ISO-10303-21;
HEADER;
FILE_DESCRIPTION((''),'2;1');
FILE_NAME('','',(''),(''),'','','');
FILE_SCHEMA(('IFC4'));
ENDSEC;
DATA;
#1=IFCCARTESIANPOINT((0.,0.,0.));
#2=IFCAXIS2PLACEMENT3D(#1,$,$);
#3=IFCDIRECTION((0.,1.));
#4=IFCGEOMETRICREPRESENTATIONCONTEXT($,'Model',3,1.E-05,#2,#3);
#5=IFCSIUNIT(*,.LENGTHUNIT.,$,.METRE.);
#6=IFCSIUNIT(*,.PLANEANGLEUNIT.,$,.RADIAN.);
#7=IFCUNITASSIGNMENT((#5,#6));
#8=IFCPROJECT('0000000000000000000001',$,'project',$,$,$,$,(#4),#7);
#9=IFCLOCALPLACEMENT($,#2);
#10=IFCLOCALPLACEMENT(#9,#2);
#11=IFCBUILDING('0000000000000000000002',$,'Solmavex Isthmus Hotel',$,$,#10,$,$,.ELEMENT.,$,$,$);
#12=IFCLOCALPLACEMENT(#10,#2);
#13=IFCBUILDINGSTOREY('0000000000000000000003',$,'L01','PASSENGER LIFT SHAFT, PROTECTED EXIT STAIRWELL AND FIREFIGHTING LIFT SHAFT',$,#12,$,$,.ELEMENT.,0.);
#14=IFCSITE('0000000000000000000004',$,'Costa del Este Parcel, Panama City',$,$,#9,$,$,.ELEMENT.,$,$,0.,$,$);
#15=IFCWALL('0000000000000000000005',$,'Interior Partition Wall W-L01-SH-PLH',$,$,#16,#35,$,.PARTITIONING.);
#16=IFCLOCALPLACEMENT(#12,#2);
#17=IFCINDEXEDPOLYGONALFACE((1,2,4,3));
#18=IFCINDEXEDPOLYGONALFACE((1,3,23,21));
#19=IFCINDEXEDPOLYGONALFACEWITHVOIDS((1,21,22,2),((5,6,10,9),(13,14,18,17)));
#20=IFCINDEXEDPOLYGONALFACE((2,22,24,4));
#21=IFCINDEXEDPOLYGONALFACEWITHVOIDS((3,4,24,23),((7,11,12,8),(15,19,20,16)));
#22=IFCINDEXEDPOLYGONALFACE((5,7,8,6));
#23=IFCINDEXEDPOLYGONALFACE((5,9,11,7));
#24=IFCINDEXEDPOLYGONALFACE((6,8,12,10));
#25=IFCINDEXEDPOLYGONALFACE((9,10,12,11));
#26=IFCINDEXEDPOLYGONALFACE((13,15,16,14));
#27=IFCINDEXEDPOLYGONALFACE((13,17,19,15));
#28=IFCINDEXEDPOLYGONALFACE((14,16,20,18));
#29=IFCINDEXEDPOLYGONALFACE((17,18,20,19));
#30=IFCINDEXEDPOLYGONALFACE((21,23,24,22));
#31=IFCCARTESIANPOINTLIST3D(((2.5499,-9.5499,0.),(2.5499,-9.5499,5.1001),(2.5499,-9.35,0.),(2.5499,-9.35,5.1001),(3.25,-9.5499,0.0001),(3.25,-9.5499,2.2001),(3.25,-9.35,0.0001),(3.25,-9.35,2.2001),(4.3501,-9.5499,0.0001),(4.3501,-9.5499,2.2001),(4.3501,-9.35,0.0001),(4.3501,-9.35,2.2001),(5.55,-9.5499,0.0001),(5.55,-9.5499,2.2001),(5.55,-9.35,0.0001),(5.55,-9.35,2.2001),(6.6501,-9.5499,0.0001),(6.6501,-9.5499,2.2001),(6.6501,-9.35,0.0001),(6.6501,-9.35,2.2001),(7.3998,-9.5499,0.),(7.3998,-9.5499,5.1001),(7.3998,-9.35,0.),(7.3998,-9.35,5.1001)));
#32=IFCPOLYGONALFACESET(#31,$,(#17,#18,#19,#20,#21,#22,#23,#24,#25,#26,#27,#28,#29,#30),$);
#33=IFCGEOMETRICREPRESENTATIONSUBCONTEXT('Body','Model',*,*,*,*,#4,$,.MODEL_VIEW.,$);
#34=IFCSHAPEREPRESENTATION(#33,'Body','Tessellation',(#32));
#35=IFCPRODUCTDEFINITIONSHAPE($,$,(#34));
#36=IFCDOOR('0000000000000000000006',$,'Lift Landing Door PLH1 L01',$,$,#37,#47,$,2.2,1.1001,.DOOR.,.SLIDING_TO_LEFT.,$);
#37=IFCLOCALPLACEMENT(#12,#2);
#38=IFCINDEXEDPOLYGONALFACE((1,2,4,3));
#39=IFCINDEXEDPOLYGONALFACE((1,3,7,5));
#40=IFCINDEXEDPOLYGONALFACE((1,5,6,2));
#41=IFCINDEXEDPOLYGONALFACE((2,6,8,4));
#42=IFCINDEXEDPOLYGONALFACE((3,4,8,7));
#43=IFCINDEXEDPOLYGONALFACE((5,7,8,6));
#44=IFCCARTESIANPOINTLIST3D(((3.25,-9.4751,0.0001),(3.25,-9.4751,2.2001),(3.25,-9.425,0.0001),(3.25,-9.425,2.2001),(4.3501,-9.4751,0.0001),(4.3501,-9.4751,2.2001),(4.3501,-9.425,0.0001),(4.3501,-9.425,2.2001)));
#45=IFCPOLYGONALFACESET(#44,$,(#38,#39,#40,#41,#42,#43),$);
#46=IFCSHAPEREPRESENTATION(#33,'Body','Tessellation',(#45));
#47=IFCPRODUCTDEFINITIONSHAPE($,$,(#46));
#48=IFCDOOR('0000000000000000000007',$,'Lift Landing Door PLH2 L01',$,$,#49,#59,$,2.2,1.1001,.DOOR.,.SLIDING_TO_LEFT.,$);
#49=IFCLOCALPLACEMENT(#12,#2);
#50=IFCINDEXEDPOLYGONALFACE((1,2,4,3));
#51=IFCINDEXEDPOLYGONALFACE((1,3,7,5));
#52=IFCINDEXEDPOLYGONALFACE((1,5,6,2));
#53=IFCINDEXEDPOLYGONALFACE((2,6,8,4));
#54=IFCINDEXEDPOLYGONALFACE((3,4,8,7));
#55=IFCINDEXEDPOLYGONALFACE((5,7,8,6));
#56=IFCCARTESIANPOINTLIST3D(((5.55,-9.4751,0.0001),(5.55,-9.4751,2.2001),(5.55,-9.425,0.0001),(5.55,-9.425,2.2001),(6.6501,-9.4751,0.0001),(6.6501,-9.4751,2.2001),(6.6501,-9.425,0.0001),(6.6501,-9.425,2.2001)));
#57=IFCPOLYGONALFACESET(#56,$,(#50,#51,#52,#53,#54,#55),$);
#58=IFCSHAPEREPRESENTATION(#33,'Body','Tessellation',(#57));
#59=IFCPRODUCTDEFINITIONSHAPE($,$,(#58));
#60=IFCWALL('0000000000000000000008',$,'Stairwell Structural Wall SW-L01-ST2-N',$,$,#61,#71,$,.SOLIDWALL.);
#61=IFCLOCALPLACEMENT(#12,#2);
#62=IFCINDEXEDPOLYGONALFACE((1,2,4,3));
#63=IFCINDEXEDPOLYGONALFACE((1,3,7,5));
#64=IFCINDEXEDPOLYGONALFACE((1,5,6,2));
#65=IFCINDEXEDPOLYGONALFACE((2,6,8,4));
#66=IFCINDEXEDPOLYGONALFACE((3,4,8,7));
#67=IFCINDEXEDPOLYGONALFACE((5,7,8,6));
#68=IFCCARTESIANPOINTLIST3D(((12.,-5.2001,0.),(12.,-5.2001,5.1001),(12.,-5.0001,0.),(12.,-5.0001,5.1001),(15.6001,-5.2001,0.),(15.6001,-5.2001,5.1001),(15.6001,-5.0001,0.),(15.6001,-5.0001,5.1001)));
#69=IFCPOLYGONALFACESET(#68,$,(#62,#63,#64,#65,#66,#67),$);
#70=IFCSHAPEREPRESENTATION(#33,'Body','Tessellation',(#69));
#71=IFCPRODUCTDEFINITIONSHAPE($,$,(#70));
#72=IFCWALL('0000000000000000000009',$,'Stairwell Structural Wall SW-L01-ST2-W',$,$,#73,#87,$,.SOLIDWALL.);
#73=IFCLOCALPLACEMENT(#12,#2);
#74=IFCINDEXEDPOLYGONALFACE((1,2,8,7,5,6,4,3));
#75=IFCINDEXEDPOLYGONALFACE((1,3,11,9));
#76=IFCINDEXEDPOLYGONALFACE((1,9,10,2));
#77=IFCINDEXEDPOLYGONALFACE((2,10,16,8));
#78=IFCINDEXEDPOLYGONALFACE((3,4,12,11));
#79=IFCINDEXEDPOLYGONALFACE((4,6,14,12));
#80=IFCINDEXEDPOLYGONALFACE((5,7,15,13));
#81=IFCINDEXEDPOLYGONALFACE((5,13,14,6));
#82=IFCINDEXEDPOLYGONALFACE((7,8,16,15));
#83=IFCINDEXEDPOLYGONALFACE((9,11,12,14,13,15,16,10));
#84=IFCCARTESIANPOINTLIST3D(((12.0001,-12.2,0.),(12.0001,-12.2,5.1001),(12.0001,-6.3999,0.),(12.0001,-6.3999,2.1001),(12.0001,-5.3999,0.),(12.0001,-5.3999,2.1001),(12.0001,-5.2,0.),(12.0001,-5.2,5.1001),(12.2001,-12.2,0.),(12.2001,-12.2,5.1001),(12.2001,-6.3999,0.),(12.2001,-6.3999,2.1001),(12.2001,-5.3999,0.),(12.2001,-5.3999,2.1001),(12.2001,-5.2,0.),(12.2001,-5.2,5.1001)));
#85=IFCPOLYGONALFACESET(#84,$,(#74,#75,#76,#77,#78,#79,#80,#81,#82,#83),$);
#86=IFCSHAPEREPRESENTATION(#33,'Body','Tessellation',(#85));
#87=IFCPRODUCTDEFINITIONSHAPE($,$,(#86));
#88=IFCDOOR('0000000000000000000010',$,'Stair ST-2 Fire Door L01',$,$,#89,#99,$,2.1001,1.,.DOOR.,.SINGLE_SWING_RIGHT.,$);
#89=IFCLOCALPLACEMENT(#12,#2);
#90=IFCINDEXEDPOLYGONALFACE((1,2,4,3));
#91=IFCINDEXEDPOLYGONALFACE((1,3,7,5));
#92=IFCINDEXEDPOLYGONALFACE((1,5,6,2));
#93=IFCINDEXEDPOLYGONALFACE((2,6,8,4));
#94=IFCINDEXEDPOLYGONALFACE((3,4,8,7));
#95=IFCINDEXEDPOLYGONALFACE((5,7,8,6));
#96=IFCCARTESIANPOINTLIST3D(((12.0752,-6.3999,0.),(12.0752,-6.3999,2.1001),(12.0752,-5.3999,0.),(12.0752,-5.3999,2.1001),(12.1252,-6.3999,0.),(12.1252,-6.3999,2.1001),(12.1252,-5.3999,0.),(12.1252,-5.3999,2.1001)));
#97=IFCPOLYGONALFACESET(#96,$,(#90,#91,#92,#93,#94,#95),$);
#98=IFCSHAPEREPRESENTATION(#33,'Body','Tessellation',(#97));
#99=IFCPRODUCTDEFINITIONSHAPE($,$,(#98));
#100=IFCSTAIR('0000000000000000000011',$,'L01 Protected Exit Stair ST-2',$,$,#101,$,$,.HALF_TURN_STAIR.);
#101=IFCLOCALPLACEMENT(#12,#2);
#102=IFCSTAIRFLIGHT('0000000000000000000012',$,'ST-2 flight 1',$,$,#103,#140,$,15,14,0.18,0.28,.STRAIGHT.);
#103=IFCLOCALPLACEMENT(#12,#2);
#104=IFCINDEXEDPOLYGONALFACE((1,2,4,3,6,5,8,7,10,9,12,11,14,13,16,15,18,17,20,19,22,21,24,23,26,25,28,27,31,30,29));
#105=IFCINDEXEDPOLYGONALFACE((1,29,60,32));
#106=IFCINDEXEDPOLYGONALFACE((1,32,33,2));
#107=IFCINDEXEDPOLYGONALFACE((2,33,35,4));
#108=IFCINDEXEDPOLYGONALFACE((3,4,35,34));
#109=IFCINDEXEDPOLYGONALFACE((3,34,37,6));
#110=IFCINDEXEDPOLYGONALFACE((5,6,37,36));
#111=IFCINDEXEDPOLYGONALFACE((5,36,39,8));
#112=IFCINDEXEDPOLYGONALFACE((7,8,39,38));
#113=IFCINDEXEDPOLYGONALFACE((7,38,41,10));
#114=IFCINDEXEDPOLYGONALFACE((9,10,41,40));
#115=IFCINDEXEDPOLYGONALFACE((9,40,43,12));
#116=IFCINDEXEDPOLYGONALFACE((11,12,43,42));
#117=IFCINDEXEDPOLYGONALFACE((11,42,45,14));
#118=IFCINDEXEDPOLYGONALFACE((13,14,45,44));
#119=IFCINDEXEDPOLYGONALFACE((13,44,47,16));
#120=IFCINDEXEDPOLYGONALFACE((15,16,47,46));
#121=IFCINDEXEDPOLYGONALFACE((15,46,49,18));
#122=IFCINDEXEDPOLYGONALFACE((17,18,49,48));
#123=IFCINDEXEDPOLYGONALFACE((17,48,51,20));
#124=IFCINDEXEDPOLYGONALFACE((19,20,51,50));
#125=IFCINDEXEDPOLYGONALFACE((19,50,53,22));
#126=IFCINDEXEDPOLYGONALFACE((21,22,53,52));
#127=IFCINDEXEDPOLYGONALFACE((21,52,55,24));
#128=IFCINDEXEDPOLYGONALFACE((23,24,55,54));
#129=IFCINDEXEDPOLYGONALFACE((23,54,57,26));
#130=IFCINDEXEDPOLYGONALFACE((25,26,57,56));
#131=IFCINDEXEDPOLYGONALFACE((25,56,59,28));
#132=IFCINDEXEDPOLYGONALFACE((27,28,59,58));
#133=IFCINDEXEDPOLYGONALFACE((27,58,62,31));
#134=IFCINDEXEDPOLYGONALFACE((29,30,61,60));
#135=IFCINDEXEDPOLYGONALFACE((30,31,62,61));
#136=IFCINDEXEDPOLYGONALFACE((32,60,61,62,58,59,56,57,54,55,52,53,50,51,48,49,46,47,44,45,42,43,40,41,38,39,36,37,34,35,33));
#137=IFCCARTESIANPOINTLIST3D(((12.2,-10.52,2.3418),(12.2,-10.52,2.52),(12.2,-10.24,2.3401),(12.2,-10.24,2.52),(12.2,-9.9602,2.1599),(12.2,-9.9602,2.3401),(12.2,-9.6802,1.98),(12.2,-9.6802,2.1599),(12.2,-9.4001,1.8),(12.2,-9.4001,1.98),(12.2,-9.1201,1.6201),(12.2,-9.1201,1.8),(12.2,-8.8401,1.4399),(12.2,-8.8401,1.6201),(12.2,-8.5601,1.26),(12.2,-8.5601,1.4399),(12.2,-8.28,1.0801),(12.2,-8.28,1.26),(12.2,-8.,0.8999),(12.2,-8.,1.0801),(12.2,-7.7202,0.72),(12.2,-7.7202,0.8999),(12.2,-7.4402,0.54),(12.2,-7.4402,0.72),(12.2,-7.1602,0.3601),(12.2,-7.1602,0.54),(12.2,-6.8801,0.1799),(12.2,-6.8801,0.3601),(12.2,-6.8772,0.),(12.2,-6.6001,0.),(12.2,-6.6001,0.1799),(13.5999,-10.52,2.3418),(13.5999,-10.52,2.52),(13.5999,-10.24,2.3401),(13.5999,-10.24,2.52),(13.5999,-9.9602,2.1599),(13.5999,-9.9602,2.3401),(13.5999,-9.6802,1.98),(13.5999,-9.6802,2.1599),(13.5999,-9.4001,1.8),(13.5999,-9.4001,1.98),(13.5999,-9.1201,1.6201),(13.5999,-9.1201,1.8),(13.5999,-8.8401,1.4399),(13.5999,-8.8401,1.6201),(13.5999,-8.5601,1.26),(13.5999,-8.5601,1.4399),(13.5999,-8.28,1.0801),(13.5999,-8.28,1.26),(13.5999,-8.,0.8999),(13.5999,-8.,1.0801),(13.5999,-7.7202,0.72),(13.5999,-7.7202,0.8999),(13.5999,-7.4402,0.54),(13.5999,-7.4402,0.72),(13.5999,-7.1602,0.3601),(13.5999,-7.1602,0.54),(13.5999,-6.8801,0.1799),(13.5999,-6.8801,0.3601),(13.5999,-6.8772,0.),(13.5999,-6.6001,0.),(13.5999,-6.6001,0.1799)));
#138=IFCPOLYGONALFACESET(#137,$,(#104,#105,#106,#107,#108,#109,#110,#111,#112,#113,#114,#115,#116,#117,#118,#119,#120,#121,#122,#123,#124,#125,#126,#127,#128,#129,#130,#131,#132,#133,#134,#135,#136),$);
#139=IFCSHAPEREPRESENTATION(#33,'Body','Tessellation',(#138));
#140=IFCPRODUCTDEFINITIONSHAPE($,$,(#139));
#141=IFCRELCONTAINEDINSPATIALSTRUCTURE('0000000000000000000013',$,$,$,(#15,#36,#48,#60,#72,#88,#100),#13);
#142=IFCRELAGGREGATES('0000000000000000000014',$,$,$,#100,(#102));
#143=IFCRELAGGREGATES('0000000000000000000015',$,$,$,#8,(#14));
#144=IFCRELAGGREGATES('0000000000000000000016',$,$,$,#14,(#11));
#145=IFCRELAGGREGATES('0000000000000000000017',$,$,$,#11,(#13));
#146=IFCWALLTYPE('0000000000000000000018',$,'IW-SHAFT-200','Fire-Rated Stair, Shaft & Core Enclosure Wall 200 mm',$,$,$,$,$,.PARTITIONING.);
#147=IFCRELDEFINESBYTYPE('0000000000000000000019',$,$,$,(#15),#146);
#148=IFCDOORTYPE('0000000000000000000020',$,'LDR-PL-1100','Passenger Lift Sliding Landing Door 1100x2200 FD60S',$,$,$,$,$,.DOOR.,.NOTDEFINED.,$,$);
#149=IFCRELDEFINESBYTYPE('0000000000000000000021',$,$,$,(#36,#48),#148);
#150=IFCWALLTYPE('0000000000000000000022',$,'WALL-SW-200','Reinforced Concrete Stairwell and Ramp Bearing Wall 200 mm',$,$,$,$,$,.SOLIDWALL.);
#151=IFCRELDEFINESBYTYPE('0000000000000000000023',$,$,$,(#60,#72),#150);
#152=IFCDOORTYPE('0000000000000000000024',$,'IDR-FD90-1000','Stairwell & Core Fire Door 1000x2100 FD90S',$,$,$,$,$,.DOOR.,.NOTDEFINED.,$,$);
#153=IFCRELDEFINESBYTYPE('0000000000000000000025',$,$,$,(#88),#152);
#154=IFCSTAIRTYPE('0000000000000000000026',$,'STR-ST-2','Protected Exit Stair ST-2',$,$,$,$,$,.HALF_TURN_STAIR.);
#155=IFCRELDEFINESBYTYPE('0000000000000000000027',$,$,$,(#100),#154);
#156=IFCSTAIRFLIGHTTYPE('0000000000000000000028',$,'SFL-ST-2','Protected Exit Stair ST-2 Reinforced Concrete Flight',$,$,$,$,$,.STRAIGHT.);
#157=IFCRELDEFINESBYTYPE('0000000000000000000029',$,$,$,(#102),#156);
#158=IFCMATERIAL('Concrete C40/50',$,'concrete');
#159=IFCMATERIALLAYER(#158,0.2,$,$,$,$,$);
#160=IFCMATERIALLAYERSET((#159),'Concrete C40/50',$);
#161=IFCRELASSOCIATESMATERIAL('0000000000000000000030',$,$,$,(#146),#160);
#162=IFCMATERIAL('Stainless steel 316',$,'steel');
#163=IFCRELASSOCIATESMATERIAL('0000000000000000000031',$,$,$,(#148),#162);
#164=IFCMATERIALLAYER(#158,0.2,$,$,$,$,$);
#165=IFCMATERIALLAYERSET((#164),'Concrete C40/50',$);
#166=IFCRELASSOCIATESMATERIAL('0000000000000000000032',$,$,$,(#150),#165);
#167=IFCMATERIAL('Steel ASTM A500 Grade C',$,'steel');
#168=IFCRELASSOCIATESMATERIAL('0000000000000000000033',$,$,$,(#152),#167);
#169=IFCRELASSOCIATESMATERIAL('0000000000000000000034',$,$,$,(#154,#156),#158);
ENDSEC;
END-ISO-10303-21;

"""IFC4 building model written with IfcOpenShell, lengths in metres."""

from ifc_helpers import new_model, si_unit, direction, frame, frame_2d, origin, place, context, subcontext, project, spatial, polyline, rectangle, outline, extrude, material, layer, layer_set, type_object, element, fill, aggregate, save


model = new_model("IFC4")

# Units and contexts
model_context = context("Model", 3, precision=1e-05, world=origin(), true_north=direction((0.0, 1.0)))
body_context = subcontext(model_context, "Body", "Model", "MODEL_VIEW")
ifc_project = project(units=[si_unit("LENGTHUNIT", "METRE"), si_unit("PLANEANGLEUNIT", "RADIAN")], contexts=[model_context])

# Site, building, storey
site_placement = place(None, origin())
site = spatial("IfcSite", under=ifc_project, at=site_placement, Name="Costa del Este Parcel, Panama City", CompositionType="ELEMENT", RefElevation=0.0)
building_placement = place(site_placement, origin())
building = spatial("IfcBuilding", under=site, at=building_placement, Name="Solmavex Isthmus Hotel", CompositionType="ELEMENT")
storey_placement = place(building_placement, origin())
storey = spatial("IfcBuildingStorey", under=building, at=storey_placement, Name="L01", Description="PASSENGER LIFT SHAFT, PROTECTED EXIT STAIRWELL AND FIREFIGHTING LIFT SHAFT", CompositionType="ELEMENT", Elevation=0.0)

# Shared definitions
ifc_material_1 = material(Name="Concrete C40/50", Category="concrete")
ifc_layer_1 = layer(ifc_material_1, 0.2)
ifc_layer_set_1 = layer_set([ifc_layer_1], Name="Concrete C40/50")
wall_type_1 = type_object("IfcWallType", Name="IW-SHAFT-200", Description="Fire-Rated Stair, Shaft & Core Enclosure Wall 200 mm", PredefinedType="PARTITIONING", material=ifc_layer_set_1)
ifc_material_2 = material(Name="Steel ASTM A500 Grade C", Category="steel")

# Wall, openings, doors
ifc_material_3 = material(Name="Stainless steel 316", Category="steel")
wall_1_placement = place(storey_placement, frame((2.55, -9.45, 0.0), z_axis=(0.0, 0.0, 1.0), x_axis=(1.0, 0.0, 0.0)))
wall_1 = element("IfcWall", 1, at=wall_1_placement, inside=storey, type_object=wall_type_1, Name="Interior Partition Wall W-L01-SH-PLH", PredefinedType="PARTITIONING", context=body_context, shape_type="SweptSolid", body=[
    extrude(rectangle(XDim=4.8499, YDim=0.2, at=frame_2d((2.4248, 0.0))), origin(), (0.0, 0.0, 1.0), 5.1001),
])
opening_1_placement = place(wall_1_placement, frame((0.7, 0.0, 0.0)))
opening_1 = element("IfcOpeningElement", 2, at=opening_1_placement, cuts=wall_1, PredefinedType="OPENING", context=body_context, shape_type="SweptSolid", body=[
    extrude(rectangle(XDim=1.1001, YDim=2.2, at=frame_2d((0.55, 1.1001))), frame((0.0, 0.1099, 0.0), z_axis=(0.0, -1.0, 0.0), x_axis=(1.0, 0.0, 0.0)), (0.0, 0.0, 1.0), 0.22),
])
opening_2_placement = place(wall_1_placement, frame((3.0, 0.0, 0.0)))
opening_2 = element("IfcOpeningElement", 3, at=opening_2_placement, cuts=wall_1, PredefinedType="OPENING", context=body_context, shape_type="SweptSolid", body=[
    extrude(rectangle(XDim=1.1001, YDim=2.2, at=frame_2d((0.55, 1.1001))), frame((0.0, 0.1099, 0.0), z_axis=(0.0, -1.0, 0.0), x_axis=(1.0, 0.0, 0.0)), (0.0, 0.0, 1.0), 0.22),
])
door_type_1 = type_object("IfcDoorType", Name="LDR-PL-1100", Description="Passenger Lift Sliding Landing Door 1100x2200 FD60S", OperationType="NOTDEFINED", PredefinedType="DOOR", material=ifc_material_3)
door_1_placement = place(opening_1_placement, origin())
door_1 = element("IfcDoor", 4, at=door_1_placement, inside=storey, type_object=door_type_1, Name="Lift Landing Door PLH1 L01", OperationType="SLIDING_TO_LEFT", OverallHeight=2.2, OverallWidth=1.1001, PredefinedType="DOOR", context=body_context, shape_type="SweptSolid", body=[
    extrude(rectangle(XDim=1.1001, YDim=2.2, at=frame_2d((0.55, 1.1001))), frame((0.0, 0.0249, 0.0), z_axis=(0.0, -1.0, 0.0), x_axis=(1.0, 0.0, 0.0)), (0.0, 0.0, 1.0), 0.05),
])
fill(opening_1, door_1)
door_2_placement = place(opening_2_placement, origin())
door_2 = element("IfcDoor", 5, at=door_2_placement, inside=storey, type_object=door_type_1, Name="Lift Landing Door PLH2 L01", OperationType="SLIDING_TO_LEFT", OverallHeight=2.2, OverallWidth=1.1001, PredefinedType="DOOR", context=body_context, shape_type="SweptSolid", body=[
    extrude(rectangle(XDim=1.1001, YDim=2.2, at=frame_2d((0.55, 1.1001))), frame((0.0, 0.0249, 0.0), z_axis=(0.0, -1.0, 0.0), x_axis=(1.0, 0.0, 0.0)), (0.0, 0.0, 1.0), 0.05),
])
fill(opening_2, door_2)

# Wall
ifc_layer_2 = layer(ifc_material_1, 0.2)
ifc_layer_set_2 = layer_set([ifc_layer_2], Name="Concrete C40/50")
wall_type_2 = type_object("IfcWallType", Name="WALL-SW-200", Description="Reinforced Concrete Stairwell and Ramp Bearing Wall 200 mm", PredefinedType="SOLIDWALL", material=ifc_layer_set_2)
wall_2_placement = place(storey_placement, frame((12.0, -5.1001, 0.0), z_axis=(0.0, 0.0, 1.0), x_axis=(1.0, 0.0, 0.0)))
element("IfcWall", 6, at=wall_2_placement, inside=storey, type_object=wall_type_2, Name="Stairwell Structural Wall SW-L01-ST2-N", PredefinedType="SOLIDWALL", context=body_context, shape_type="SweptSolid", body=[
    extrude(rectangle(XDim=3.6001, YDim=0.2, at=frame_2d((1.8, 0.0))), origin(), (0.0, 0.0, 1.0), 5.1001),
])

# Wall, opening, door
wall_3_placement = place(storey_placement, frame((12.1001, -12.2, 0.0), z_axis=(0.0, 0.0, 1.0), x_axis=(0.0, 1.0, 0.0)))
wall_3 = element("IfcWall", 7, at=wall_3_placement, inside=storey, type_object=wall_type_2, Name="Stairwell Structural Wall SW-L01-ST2-W", PredefinedType="SOLIDWALL", context=body_context, shape_type="SweptSolid", body=[
    extrude(rectangle(XDim=7.0, YDim=0.2, at=frame_2d((3.5, 0.0))), origin(), (0.0, 0.0, 1.0), 5.1001),
])
opening_3_placement = place(wall_3_placement, frame((5.8, 0.0, 0.0)))
opening_3 = element("IfcOpeningElement", 8, at=opening_3_placement, cuts=wall_3, PredefinedType="OPENING", context=body_context, shape_type="SweptSolid", body=[
    extrude(rectangle(XDim=1.0, YDim=2.1001, at=frame_2d((0.5, 1.05))), frame((0.0, 0.1099, 0.0), z_axis=(0.0, -1.0, 0.0), x_axis=(1.0, 0.0, 0.0)), (0.0, 0.0, 1.0), 0.22),
])
door_type_2 = type_object("IfcDoorType", Name="IDR-FD90-1000", Description="Stairwell & Core Fire Door 1000x2100 FD90S", OperationType="NOTDEFINED", PredefinedType="DOOR", material=ifc_material_2)
door_3_placement = place(opening_3_placement, origin())
door_3 = element("IfcDoor", 9, at=door_3_placement, inside=storey, type_object=door_type_2, Name="Stair ST-2 Fire Door L01", OperationType="SINGLE_SWING_RIGHT", OverallHeight=2.1001, OverallWidth=1.0, PredefinedType="DOOR", context=body_context, shape_type="SweptSolid", body=[
    extrude(rectangle(XDim=1.0, YDim=2.1001, at=frame_2d((0.5, 1.05))), frame((0.0, 0.0249, 0.0), z_axis=(0.0, -1.0, 0.0), x_axis=(1.0, 0.0, 0.0)), (0.0, 0.0, 1.0), 0.05),
])
fill(opening_3, door_3)

# Stair, stair flight
stair_type = type_object("IfcStairType", Name="STR-ST-2", Description="Protected Exit Stair ST-2", PredefinedType="HALF_TURN_STAIR", material=ifc_material_1)
stair_placement = place(storey_placement, origin())
stair = element("IfcStair", 10, at=stair_placement, inside=storey, type_object=stair_type, Name="L01 Protected Exit Stair ST-2", PredefinedType="HALF_TURN_STAIR")
stair_flight_type = type_object("IfcStairFlightType", Name="SFL-ST-2", Description="Protected Exit Stair ST-2 Reinforced Concrete Flight", PredefinedType="STRAIGHT", material=ifc_material_1)
stair_flight_placement = place(storey_placement, frame((12.8999, -6.6001, 0.0), z_axis=(0.0, 0.0, 1.0), x_axis=(0.0, -1.0, 0.0)))
stair_flight = element("IfcStairFlight", 11, at=stair_flight_placement, type_object=stair_flight_type, Name="ST-2 flight 1", NumberOfRisers=15, NumberOfTreads=14, PredefinedType="STRAIGHT", RiserHeight=0.18, TreadLength=0.28, context=body_context, shape_type="SweptSolid", body=[
    extrude(outline(polyline([(0.0, 0.0), (0.0, 0.1799), (0.28, 0.1799), (0.28, 0.3601), (0.5601, 0.3601), (0.5601, 0.54), (0.8401, 0.54), (0.8401, 0.72), (1.1201, 0.72), (1.1201, 0.8999), (1.3999, 0.8999), (1.3999, 1.0801), (1.6799, 1.0801), (1.6799, 1.26), (1.96, 1.26), (1.96, 1.4399), (2.24, 1.4399), (2.24, 1.6201), (2.52, 1.6201), (2.52, 1.8), (2.8, 1.8), (2.8, 1.98), (3.0801, 1.98), (3.0801, 2.1599), (3.3601, 2.1599), (3.3601, 2.3401), (3.6399, 2.3401), (3.6399, 2.52), (3.9199, 2.52), (3.9199, 2.7), (3.9199, 2.3418), (0.2771, 0.0), (0.0, 0.0)])), frame((0.0, 0.7, 0.0), z_axis=(0.0, -1.0, 0.0), x_axis=(1.0, 0.0, 0.0)), (0.0, 0.0, 1.0), 1.3999),
])
aggregate(stair, [stair_flight])

save(model, "model.ifc")
